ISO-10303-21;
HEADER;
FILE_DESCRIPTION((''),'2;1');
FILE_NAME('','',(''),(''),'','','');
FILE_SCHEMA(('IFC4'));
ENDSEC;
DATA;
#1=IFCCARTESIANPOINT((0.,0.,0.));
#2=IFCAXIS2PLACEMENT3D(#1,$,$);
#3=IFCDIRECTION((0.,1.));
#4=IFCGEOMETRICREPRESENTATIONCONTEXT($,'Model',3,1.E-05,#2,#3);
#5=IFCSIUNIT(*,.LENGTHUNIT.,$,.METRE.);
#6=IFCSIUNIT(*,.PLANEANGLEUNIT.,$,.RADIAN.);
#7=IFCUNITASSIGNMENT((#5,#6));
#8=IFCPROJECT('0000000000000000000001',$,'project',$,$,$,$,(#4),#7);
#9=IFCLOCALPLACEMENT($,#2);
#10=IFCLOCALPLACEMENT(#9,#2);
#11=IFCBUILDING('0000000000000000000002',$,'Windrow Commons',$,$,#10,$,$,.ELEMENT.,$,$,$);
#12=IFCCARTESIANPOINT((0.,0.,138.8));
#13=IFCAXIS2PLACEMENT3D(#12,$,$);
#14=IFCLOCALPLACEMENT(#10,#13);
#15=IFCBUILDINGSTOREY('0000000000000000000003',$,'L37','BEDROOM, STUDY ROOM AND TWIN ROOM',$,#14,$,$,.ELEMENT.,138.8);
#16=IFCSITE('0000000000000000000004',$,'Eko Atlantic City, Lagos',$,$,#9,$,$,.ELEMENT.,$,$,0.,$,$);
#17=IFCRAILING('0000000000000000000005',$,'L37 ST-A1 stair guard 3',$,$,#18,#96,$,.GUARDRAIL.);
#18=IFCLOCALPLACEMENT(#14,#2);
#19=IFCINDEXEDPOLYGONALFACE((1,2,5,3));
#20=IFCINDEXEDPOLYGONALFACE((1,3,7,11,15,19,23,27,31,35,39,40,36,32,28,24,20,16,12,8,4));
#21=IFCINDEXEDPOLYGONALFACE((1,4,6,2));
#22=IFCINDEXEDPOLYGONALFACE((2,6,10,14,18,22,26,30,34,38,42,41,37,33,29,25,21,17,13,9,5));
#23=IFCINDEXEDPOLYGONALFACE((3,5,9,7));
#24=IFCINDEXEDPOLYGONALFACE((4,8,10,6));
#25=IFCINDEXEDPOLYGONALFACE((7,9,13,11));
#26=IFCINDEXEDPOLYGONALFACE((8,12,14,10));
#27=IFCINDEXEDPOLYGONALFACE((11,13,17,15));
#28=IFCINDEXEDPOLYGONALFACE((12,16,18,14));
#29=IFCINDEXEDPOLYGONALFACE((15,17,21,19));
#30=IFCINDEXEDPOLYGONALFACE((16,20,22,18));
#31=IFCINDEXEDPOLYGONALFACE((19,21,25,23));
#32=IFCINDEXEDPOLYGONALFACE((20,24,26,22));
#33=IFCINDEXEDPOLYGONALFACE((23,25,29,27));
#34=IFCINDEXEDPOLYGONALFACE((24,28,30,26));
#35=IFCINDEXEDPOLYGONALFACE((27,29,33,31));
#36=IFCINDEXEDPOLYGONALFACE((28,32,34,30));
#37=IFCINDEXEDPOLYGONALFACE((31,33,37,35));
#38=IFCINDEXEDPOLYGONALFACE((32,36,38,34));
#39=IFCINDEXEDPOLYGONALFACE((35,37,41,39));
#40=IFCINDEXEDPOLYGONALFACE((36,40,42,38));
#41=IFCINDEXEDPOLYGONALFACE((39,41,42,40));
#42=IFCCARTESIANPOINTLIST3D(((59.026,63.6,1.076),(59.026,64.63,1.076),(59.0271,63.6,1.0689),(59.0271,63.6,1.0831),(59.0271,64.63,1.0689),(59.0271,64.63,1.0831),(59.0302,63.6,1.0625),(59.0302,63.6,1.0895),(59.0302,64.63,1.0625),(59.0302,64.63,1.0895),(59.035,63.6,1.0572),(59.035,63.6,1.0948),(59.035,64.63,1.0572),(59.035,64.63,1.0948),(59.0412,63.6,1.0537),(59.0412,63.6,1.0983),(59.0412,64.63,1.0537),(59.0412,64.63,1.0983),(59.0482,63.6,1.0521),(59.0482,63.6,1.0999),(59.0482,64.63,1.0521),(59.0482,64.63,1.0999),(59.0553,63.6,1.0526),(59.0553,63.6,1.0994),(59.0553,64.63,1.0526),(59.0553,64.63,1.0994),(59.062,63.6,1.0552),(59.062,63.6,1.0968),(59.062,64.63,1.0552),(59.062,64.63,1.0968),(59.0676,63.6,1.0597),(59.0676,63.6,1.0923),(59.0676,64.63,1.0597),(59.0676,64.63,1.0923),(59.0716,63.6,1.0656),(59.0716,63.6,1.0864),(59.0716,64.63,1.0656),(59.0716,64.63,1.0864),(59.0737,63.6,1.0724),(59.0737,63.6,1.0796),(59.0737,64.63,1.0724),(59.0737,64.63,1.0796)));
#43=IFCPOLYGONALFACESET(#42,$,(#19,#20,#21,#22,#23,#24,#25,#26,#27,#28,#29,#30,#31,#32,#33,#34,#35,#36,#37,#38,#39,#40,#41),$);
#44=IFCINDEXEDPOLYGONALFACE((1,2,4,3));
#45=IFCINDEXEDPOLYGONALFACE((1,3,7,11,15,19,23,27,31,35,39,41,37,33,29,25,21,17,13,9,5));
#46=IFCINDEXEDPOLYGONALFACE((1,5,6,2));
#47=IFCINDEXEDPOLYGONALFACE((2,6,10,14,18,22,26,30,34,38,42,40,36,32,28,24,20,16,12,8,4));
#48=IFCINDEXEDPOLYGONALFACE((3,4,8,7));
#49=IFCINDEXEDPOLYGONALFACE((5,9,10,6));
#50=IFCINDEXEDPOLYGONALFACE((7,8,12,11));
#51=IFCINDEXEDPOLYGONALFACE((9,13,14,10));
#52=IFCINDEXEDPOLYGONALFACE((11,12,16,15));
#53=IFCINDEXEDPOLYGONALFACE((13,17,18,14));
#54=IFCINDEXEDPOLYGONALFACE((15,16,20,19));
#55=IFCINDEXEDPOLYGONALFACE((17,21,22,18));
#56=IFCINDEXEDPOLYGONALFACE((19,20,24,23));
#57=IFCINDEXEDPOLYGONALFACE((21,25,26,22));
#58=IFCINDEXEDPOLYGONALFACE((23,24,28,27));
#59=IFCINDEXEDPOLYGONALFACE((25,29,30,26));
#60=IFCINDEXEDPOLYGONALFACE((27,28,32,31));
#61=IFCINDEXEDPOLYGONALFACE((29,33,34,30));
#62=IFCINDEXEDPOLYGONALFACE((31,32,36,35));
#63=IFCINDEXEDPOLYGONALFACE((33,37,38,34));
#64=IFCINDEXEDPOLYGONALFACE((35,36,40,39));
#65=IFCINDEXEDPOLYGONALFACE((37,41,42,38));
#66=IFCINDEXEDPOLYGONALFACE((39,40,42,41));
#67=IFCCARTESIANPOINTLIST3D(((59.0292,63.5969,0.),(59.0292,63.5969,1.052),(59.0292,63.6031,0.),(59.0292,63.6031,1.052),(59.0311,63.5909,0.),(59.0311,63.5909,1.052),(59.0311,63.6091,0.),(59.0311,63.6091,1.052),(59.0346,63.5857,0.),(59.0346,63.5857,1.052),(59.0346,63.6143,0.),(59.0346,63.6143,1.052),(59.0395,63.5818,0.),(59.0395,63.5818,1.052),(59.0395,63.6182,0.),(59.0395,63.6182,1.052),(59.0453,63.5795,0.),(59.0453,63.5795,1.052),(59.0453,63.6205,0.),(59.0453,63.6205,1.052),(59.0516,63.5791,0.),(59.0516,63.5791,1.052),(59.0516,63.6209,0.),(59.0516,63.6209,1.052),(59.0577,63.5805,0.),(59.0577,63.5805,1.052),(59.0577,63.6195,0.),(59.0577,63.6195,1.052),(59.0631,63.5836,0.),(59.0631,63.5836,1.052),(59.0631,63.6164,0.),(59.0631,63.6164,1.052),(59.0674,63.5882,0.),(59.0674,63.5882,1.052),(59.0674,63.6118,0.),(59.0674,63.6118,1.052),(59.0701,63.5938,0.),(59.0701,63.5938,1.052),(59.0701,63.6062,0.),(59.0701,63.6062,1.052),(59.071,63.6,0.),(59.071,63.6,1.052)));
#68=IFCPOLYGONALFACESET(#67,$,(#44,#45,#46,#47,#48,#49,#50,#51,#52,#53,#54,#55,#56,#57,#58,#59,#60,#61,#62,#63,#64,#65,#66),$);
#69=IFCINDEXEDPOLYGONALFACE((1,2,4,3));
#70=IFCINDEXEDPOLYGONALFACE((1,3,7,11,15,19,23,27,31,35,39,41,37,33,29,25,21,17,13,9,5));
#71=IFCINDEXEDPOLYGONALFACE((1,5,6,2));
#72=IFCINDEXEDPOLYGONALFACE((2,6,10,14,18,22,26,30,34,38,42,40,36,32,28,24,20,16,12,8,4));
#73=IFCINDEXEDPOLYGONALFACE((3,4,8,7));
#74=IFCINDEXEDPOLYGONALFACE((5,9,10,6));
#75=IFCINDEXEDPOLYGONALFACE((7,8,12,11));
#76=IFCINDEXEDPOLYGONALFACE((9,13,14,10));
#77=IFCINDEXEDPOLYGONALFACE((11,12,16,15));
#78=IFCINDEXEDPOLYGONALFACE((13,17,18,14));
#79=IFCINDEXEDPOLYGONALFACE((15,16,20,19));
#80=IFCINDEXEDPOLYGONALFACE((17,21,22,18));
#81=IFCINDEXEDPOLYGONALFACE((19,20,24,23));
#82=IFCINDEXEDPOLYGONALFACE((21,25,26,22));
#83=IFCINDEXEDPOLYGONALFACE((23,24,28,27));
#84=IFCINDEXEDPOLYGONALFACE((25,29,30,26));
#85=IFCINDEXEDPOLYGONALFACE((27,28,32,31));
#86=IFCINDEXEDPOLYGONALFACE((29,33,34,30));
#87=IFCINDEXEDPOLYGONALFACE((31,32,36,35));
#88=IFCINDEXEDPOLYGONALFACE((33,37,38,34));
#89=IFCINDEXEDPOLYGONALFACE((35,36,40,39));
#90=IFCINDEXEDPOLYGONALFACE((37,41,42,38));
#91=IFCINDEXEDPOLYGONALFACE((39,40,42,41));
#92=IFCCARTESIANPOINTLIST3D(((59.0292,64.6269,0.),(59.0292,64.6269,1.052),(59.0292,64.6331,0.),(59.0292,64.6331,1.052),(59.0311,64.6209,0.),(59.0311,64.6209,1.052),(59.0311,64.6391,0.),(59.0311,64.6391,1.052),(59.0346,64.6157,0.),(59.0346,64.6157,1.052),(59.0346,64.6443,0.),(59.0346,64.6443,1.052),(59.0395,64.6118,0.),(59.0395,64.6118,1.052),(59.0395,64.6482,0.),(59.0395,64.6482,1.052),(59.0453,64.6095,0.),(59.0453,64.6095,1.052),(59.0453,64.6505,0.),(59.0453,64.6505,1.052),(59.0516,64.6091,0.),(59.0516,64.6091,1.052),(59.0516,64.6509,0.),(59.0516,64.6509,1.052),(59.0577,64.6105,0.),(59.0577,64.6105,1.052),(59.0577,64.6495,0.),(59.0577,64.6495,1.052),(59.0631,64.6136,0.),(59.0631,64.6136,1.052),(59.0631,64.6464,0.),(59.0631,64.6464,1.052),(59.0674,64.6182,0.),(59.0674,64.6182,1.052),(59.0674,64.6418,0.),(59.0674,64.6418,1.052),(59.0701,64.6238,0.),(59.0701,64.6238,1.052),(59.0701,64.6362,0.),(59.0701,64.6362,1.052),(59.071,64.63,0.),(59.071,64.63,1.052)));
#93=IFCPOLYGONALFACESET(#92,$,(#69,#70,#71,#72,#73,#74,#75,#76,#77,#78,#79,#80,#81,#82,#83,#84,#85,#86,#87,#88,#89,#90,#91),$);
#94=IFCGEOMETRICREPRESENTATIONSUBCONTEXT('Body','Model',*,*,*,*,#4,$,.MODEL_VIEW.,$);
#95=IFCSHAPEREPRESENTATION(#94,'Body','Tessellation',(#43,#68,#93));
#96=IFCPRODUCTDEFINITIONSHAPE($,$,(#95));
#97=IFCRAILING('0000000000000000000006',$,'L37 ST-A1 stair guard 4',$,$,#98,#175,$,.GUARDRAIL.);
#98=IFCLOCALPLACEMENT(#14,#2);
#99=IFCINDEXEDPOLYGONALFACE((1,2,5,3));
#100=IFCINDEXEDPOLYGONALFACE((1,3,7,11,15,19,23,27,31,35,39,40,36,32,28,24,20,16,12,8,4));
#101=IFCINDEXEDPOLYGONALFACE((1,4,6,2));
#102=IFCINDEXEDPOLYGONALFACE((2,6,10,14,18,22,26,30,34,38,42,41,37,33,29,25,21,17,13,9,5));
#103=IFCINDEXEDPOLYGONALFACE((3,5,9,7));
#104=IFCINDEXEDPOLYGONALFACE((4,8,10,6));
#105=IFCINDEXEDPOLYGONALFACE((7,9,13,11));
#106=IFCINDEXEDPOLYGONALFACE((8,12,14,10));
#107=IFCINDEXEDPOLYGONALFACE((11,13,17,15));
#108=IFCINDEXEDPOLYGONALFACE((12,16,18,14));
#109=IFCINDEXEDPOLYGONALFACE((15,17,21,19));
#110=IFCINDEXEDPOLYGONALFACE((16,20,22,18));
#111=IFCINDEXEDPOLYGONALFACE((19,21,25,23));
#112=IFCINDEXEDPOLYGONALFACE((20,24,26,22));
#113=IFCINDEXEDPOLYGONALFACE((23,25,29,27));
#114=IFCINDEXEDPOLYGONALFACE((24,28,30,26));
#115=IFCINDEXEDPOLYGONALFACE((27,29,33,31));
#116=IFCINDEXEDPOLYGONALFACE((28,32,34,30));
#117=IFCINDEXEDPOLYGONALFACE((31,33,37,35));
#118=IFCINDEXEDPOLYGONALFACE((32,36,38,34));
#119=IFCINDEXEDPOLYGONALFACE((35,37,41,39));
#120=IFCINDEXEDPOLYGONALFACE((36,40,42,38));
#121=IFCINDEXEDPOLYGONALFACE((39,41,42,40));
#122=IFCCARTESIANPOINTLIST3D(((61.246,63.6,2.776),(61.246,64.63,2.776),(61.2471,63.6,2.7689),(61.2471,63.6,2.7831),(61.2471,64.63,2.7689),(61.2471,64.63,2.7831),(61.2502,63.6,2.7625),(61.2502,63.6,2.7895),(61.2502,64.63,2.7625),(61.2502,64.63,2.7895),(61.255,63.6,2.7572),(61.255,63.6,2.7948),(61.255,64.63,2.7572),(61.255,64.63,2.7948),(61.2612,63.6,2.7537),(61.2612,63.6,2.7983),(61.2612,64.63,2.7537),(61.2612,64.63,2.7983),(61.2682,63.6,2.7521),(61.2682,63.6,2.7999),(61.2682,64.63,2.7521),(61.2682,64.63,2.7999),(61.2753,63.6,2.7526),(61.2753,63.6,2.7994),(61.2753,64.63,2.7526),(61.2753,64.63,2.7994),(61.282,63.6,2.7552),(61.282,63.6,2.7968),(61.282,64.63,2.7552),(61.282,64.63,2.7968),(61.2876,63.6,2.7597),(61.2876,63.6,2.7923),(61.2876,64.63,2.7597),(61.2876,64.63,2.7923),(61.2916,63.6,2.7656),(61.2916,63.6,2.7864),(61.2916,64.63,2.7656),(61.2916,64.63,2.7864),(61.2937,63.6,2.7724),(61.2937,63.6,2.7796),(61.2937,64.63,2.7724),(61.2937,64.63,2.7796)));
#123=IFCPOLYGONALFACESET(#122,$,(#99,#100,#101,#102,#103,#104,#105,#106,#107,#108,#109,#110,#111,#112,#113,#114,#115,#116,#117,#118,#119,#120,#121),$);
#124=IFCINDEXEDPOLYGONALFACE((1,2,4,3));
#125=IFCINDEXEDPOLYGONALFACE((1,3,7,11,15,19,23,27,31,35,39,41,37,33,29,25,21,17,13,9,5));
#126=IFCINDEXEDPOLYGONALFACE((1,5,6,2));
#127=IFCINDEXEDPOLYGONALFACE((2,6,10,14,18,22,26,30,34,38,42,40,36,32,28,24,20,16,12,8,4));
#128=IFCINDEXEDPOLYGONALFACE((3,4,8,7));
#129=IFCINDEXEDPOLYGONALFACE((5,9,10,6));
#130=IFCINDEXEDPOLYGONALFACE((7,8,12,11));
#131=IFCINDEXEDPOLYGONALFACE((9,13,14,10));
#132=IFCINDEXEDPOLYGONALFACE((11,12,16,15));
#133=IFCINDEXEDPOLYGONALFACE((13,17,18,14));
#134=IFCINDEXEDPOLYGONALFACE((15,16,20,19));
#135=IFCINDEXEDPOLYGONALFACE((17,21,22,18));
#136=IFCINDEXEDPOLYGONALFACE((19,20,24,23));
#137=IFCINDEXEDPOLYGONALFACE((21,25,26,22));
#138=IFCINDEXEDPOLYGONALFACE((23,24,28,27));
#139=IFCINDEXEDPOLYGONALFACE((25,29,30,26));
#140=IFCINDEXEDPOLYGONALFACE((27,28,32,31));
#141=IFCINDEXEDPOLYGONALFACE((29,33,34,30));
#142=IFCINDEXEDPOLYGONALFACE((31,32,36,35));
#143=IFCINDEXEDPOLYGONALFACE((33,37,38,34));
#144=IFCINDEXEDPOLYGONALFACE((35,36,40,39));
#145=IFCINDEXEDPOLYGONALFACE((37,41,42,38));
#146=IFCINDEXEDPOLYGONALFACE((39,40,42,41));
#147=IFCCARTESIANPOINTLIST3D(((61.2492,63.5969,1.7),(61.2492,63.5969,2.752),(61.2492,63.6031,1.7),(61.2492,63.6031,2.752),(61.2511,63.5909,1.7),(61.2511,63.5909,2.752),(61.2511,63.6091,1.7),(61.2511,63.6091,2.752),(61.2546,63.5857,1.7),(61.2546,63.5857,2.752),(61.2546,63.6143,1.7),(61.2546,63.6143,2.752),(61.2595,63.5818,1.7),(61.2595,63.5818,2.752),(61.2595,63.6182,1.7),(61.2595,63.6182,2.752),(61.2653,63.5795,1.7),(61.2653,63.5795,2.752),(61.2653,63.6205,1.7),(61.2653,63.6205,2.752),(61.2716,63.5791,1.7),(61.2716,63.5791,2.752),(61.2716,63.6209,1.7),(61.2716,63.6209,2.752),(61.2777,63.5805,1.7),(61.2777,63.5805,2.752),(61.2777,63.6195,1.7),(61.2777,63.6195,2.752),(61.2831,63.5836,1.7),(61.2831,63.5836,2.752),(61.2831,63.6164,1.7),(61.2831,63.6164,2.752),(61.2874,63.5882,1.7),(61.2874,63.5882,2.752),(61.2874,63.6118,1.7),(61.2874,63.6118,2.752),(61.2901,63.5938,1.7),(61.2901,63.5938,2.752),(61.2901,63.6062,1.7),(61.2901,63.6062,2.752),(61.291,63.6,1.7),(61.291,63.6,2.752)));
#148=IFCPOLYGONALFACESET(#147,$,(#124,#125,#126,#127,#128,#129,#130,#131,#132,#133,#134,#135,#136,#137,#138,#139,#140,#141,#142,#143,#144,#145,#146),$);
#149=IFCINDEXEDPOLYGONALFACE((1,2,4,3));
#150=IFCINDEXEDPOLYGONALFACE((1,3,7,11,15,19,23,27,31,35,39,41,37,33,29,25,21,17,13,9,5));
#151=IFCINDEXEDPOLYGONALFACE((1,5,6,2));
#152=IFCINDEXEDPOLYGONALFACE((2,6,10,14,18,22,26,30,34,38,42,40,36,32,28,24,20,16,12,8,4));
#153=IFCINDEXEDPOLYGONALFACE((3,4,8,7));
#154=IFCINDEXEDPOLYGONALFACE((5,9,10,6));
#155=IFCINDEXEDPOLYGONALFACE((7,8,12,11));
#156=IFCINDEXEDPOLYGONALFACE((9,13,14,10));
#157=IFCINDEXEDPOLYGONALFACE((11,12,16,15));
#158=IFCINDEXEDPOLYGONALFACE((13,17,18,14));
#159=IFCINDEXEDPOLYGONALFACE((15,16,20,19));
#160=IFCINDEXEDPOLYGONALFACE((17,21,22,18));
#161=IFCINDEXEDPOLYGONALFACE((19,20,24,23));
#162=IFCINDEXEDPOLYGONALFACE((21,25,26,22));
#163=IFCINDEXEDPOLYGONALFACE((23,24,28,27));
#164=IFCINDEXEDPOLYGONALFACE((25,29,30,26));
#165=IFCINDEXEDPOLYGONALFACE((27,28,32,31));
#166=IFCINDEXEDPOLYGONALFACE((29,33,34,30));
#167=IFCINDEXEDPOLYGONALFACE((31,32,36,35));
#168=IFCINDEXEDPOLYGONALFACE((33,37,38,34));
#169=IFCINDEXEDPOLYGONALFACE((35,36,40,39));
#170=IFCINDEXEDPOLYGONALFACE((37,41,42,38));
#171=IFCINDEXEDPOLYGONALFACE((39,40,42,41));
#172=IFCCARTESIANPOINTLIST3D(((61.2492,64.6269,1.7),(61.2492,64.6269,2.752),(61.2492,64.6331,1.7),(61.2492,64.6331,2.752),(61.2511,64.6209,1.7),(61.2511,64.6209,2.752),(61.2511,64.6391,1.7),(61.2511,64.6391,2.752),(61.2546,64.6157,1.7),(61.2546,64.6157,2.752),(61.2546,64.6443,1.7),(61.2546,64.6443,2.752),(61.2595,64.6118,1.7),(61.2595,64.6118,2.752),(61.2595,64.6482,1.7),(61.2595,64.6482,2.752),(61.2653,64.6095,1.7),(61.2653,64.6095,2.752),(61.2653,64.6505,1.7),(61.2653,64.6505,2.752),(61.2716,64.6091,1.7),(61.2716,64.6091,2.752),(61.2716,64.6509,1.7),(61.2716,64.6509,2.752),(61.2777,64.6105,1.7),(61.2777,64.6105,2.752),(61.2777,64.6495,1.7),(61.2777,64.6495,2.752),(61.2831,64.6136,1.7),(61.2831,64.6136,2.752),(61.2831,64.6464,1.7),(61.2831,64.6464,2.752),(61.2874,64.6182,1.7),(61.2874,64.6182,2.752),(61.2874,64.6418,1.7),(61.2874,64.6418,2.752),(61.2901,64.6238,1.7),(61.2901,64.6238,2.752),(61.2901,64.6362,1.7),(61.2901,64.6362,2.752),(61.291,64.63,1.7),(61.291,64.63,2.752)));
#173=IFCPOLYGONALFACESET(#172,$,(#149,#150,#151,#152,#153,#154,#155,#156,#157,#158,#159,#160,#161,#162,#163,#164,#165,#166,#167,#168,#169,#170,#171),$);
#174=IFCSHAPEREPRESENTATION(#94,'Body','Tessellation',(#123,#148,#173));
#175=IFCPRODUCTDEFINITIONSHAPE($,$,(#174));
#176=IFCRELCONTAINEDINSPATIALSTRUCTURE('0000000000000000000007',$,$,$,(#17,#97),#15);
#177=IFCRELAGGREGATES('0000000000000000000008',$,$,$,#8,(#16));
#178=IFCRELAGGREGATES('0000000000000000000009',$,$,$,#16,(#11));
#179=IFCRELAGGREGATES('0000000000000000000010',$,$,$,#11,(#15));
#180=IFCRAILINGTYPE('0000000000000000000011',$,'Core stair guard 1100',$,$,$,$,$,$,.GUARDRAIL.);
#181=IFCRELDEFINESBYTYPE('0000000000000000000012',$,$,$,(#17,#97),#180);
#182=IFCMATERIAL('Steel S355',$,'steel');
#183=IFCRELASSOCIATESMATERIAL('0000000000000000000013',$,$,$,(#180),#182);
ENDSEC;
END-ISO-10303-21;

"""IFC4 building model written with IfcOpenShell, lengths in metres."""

from ifc_helpers import new_model, si_unit, direction, frame, origin, origin_2d, place, context, subcontext, project, spatial, circle, extrude, material, type_object, element, save


model = new_model("IFC4")

# Units and contexts
model_context = context("Model", 3, precision=1e-05, world=origin(), true_north=direction((0.0, 1.0)))
body_context = subcontext(model_context, "Body", "Model", "MODEL_VIEW")
ifc_project = project(units=[si_unit("LENGTHUNIT", "METRE"), si_unit("PLANEANGLEUNIT", "RADIAN")], contexts=[model_context])

# Site, building, storey
site_placement = place(None, origin())
site = spatial("IfcSite", under=ifc_project, at=site_placement, Name="Eko Atlantic City, Lagos", CompositionType="ELEMENT", RefElevation=0.0)
building_placement = place(site_placement, origin())
building = spatial("IfcBuilding", under=site, at=building_placement, Name="Windrow Commons", CompositionType="ELEMENT")
storey_placement = place(building_placement, frame((0.0, 0.0, 138.8)))
storey = spatial("IfcBuildingStorey", under=building, at=storey_placement, Name="L37", Description="BEDROOM, STUDY ROOM AND TWIN ROOM", CompositionType="ELEMENT", Elevation=138.8)

# Railings
ifc_material_1 = material(Name="Steel S355", Category="steel")
railing_type_1 = type_object("IfcRailingType", Name="Core stair guard 1100", PredefinedType="GUARDRAIL", material=ifc_material_1)
for number, where, name in (
    (1, (59.05, 63.6, 0.0), "L37 ST-A1 stair guard 3"),
    (2, (61.27, 63.6, 1.7), "L37 ST-A1 stair guard 4"),
):
    element("IfcRailing", number, at=place(storey_placement, frame(where)), inside=storey, type_object=railing_type_1, Name=name, PredefinedType="GUARDRAIL", context=body_context, shape_type="SweptSolid", body=[
        extrude(circle(Radius=0.024, at=origin_2d()), frame((0.0, 0.0, 1.076), z_axis=(0.0, 1.0, 0.0), x_axis=(-1.0, 0.0, 0.0)), (0.0, 0.0, 1.0), 1.03),
        extrude(circle(Radius=0.021, at=origin_2d()), origin(), (0.0, 0.0, 1.0), 1.052),
        extrude(circle(Radius=0.021, at=origin_2d()), frame((0.0, 1.03, 0.0)), (0.0, 0.0, 1.0), 1.052),
    ])

save(model, "model.ifc")
